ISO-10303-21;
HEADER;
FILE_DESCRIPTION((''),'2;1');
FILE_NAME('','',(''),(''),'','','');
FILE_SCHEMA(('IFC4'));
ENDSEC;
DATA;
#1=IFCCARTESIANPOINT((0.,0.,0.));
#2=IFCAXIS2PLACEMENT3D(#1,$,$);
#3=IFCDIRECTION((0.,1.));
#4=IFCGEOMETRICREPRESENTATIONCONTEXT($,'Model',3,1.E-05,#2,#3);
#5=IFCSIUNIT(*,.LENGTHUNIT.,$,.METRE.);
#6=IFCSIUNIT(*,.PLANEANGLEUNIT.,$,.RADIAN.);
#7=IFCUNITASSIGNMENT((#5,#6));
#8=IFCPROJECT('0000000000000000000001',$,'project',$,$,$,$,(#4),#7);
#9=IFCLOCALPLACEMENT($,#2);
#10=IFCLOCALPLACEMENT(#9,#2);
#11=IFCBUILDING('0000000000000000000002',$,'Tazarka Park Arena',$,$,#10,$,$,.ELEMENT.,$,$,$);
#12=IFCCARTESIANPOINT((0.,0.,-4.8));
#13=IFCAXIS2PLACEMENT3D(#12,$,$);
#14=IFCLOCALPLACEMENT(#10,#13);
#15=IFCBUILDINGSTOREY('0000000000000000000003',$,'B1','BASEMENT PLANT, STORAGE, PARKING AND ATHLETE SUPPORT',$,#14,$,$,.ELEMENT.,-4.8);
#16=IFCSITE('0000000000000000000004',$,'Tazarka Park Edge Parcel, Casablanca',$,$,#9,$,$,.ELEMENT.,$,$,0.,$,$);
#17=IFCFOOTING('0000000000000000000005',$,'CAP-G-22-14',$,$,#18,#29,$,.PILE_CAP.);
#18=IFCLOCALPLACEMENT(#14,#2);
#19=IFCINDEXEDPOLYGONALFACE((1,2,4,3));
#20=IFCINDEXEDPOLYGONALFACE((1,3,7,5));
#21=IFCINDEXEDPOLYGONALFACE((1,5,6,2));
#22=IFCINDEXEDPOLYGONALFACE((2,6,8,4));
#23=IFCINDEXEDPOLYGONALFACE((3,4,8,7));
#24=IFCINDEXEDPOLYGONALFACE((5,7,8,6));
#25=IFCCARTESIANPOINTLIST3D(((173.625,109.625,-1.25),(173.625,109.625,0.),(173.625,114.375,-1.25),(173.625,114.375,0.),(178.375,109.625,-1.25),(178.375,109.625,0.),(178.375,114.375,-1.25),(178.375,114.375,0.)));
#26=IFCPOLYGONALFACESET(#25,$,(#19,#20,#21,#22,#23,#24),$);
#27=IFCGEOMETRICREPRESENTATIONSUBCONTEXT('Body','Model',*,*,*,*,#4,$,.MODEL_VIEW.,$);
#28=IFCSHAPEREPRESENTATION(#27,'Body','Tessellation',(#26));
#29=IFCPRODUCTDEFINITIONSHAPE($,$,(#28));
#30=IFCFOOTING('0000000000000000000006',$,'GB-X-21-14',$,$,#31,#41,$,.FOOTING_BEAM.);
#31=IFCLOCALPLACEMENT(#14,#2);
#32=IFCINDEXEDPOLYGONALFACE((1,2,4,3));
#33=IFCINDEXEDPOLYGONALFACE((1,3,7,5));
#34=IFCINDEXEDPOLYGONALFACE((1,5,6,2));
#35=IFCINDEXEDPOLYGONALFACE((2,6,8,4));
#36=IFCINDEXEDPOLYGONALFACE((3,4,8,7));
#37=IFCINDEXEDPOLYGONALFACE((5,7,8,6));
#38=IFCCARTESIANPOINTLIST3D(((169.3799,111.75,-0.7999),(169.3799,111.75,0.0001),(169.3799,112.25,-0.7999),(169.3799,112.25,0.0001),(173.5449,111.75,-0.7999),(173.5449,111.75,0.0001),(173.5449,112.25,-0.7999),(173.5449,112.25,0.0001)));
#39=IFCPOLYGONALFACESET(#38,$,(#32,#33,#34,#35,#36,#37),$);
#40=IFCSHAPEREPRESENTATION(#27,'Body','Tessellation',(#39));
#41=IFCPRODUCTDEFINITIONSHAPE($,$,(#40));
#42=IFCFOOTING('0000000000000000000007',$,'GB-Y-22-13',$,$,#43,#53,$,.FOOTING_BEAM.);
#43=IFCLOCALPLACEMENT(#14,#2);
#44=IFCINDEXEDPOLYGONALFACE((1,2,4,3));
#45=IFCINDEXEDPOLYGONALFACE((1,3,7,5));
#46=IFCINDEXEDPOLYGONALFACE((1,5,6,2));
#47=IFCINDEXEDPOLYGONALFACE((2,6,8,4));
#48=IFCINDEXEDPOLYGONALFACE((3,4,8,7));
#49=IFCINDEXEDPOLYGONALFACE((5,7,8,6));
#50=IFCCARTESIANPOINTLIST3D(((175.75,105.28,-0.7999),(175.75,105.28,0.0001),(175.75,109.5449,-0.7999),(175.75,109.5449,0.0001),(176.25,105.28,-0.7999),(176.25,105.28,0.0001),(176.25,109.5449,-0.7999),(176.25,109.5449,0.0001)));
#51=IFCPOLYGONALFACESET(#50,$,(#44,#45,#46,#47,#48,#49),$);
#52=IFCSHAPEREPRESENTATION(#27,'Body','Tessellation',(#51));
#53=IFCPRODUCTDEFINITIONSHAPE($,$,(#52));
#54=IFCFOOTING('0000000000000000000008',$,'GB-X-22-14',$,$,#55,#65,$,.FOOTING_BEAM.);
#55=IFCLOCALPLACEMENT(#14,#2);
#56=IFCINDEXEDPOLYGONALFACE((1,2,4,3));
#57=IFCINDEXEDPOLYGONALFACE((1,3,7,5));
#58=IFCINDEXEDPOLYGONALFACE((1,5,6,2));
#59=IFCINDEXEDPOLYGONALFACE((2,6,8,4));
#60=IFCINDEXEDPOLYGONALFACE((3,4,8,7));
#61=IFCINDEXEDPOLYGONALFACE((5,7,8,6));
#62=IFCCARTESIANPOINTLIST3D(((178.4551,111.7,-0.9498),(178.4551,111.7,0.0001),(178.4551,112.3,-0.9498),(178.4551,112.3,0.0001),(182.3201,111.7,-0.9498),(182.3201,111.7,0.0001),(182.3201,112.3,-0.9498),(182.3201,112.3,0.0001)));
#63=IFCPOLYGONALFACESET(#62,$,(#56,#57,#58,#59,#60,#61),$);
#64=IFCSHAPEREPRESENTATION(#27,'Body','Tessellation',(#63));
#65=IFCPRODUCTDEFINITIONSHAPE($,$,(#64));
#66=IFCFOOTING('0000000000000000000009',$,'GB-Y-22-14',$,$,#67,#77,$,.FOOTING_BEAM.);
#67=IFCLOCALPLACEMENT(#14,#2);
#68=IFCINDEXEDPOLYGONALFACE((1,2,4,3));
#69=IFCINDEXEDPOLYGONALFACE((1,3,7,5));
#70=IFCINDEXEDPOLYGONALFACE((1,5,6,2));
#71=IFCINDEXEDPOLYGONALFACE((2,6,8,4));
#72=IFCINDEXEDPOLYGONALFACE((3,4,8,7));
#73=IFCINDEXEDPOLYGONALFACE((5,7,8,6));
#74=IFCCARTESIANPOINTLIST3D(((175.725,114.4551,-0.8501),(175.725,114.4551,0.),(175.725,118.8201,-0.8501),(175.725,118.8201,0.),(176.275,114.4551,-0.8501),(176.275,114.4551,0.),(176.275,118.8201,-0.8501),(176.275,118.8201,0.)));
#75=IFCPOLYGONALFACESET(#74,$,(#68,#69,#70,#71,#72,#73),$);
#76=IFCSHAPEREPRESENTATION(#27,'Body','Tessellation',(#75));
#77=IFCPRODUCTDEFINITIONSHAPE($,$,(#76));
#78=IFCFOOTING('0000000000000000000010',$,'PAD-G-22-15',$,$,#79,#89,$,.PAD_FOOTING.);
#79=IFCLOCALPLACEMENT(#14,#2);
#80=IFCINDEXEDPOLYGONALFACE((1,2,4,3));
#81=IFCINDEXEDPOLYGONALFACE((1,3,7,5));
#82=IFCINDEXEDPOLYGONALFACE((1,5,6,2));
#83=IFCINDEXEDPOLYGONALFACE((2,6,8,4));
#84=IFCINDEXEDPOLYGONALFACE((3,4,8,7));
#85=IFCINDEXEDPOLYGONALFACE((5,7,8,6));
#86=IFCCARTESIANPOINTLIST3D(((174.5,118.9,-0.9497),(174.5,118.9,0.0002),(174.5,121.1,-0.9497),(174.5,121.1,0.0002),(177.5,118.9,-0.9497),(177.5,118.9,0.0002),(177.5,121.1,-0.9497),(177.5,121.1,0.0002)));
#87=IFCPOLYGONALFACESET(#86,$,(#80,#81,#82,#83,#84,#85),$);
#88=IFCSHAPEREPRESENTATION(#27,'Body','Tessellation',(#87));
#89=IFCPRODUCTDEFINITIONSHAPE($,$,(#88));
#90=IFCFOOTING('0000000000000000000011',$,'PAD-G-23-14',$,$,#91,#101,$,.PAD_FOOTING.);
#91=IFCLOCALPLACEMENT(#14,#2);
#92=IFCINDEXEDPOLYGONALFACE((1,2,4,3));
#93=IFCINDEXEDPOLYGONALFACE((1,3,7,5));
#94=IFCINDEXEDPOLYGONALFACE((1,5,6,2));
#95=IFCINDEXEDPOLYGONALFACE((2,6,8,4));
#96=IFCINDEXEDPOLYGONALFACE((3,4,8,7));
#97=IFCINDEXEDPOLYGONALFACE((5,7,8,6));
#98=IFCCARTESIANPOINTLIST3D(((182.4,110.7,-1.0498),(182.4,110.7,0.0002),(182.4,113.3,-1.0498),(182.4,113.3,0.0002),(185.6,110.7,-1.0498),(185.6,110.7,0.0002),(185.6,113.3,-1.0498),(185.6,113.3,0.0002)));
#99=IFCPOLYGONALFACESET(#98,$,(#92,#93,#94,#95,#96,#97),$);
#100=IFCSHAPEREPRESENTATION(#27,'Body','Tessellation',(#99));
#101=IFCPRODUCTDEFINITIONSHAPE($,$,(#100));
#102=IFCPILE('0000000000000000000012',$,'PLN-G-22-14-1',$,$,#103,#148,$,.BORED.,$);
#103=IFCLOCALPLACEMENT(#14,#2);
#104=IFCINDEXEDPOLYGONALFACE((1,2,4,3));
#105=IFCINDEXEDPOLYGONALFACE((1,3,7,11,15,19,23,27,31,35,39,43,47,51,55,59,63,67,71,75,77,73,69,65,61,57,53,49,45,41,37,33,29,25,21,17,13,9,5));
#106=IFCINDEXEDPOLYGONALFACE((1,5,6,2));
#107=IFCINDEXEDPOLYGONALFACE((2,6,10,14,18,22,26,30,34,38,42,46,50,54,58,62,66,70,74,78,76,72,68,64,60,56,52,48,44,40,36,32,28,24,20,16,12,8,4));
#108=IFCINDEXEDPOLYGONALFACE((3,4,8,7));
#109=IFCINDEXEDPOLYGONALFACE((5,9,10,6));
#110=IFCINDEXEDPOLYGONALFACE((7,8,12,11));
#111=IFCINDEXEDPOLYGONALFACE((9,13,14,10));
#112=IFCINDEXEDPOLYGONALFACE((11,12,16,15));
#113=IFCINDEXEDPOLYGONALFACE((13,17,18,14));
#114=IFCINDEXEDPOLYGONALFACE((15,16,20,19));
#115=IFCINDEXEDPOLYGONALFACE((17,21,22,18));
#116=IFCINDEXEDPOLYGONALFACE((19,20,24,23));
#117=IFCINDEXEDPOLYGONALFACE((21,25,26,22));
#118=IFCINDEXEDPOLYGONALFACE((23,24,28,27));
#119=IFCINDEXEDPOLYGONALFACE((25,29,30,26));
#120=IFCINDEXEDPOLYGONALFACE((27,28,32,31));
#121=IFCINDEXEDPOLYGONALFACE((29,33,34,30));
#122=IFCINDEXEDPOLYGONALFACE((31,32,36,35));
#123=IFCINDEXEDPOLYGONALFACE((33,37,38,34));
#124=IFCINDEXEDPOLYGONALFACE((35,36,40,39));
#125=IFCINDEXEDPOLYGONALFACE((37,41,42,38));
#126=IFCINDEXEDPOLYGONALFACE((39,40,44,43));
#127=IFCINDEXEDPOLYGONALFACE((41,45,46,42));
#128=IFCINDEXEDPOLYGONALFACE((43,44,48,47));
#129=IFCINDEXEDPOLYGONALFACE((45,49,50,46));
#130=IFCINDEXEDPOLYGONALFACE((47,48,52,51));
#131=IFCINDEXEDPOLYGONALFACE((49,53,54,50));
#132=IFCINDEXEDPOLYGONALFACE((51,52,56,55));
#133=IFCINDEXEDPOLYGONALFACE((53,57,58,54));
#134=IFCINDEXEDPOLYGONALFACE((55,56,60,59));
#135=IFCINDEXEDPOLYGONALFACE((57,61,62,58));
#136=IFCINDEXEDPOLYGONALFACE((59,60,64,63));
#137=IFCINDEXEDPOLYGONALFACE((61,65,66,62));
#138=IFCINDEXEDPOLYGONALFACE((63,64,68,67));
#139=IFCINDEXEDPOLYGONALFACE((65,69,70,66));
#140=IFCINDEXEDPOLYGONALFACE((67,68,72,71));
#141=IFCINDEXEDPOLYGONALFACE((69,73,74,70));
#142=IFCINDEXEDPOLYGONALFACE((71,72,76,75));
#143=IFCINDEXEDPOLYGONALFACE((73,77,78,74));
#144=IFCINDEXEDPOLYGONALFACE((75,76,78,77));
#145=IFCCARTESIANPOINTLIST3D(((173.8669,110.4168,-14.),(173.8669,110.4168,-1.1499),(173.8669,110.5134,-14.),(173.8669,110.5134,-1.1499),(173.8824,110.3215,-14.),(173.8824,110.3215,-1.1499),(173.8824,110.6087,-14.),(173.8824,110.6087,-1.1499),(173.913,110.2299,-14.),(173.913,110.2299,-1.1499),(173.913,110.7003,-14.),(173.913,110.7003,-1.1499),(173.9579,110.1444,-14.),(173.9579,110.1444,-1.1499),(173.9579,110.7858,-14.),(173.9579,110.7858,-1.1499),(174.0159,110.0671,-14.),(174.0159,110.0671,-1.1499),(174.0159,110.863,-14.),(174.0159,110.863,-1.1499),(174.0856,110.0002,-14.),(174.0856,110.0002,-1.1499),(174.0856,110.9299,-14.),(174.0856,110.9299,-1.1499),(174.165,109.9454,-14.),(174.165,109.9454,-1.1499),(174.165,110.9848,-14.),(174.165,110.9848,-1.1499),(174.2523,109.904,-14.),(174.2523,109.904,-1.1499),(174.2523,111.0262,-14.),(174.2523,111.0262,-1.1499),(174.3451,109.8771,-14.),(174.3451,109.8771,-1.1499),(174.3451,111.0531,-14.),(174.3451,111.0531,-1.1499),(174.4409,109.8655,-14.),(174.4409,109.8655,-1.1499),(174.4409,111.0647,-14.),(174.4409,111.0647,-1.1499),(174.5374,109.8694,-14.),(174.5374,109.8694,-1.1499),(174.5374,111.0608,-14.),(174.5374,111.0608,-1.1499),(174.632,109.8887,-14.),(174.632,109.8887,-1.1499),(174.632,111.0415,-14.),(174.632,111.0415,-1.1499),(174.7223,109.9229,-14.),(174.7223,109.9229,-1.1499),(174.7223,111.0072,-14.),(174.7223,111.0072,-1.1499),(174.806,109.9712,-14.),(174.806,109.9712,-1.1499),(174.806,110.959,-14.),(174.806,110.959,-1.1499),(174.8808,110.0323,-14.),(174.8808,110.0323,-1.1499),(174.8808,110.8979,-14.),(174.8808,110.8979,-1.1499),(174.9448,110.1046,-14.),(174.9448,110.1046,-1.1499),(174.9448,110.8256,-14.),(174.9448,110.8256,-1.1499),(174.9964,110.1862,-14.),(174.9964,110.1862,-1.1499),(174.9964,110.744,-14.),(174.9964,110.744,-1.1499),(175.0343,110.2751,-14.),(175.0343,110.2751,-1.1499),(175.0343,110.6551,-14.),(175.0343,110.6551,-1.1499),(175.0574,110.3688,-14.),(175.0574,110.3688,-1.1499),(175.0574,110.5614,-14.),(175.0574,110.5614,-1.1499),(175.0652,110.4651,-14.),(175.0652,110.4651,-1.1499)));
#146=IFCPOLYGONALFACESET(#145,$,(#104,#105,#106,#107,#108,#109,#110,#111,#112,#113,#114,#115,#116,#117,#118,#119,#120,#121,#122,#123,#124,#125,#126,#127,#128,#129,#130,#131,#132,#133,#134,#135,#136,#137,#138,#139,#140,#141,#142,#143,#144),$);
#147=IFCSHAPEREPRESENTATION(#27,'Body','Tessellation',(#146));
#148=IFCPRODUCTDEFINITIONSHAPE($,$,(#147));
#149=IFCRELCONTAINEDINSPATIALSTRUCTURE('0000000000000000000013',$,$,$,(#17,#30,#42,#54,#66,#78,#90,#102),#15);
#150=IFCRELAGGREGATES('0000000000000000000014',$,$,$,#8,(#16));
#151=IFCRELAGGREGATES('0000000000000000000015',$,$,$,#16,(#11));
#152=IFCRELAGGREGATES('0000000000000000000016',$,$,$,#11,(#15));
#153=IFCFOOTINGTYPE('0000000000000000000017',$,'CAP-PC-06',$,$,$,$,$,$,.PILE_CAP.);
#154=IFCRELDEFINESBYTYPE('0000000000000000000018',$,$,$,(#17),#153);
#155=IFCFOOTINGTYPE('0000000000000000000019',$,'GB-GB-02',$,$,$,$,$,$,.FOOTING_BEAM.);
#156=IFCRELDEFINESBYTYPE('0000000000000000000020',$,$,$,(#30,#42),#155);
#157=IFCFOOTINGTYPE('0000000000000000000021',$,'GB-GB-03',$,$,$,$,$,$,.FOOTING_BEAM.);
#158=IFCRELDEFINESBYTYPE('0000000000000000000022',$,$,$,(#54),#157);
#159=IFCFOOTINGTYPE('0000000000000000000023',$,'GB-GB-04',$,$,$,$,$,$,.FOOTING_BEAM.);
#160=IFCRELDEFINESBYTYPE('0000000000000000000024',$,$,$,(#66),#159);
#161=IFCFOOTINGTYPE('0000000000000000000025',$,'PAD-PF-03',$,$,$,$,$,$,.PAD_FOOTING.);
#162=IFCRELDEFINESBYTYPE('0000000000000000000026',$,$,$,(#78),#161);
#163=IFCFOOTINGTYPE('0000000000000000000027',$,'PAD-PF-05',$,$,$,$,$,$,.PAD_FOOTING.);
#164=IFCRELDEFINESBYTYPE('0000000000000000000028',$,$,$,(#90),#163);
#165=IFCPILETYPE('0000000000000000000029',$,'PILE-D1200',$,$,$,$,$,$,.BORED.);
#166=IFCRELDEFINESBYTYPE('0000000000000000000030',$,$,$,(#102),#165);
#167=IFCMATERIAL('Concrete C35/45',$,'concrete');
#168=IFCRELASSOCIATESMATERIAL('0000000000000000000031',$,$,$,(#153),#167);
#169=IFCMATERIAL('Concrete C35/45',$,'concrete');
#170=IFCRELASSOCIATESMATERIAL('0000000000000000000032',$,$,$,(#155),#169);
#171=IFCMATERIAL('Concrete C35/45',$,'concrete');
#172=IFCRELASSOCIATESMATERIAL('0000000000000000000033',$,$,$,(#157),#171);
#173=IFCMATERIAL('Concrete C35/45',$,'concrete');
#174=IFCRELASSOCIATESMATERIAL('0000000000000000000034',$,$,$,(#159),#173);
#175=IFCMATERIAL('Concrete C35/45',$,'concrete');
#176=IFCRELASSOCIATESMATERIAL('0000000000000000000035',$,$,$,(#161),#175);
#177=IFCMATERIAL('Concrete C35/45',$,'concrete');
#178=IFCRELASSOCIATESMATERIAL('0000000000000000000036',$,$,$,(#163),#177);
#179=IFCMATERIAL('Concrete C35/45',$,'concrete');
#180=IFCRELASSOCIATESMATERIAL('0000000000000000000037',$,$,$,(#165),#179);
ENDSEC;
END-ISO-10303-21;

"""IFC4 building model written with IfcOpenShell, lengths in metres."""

from ifc_helpers import new_model, si_unit, direction, frame, origin, origin_2d, place, context, subcontext, project, spatial, rectangle, circle, extrude, material, material_profile, profile_set, type_object, element, save


model = new_model("IFC4")

# Units and contexts
model_context = context("Model", 3, precision=1e-05, world=origin(), true_north=direction((0.0, 1.0)))
body_context = subcontext(model_context, "Body", "Model", "MODEL_VIEW")
ifc_project = project(units=[si_unit("LENGTHUNIT", "METRE"), si_unit("PLANEANGLEUNIT", "RADIAN")], contexts=[model_context])

# Site, building, storey
site_placement = place(None, origin())
site = spatial("IfcSite", under=ifc_project, at=site_placement, Name="Tazarka Park Edge Parcel, Casablanca", CompositionType="ELEMENT", RefElevation=0.0)
building_placement = place(site_placement, origin())
building = spatial("IfcBuilding", under=site, at=building_placement, Name="Tazarka Park Arena", CompositionType="ELEMENT")
storey_placement = place(building_placement, frame((0.0, 0.0, -4.8)))
storey = spatial("IfcBuildingStorey", under=building, at=storey_placement, Name="B1", Description="BASEMENT PLANT, STORAGE, PARKING AND ATHLETE SUPPORT", CompositionType="ELEMENT", Elevation=-4.8)

# Footings
ifc_material_1 = material(Name="Concrete C35/45", Category="concrete")
footing_type_1 = type_object("IfcFootingType", Name="CAP-PC-06", PredefinedType="PILE_CAP", material=ifc_material_1)
footing_1_placement = place(storey_placement, frame((176.0, 112.0, -1.25), z_axis=(0.0, 0.0, 1.0), x_axis=(1.0, 0.0, 0.0)))
element("IfcFooting", 1, at=footing_1_placement, inside=storey, type_object=footing_type_1, Name="CAP-G-22-14", PredefinedType="PILE_CAP", context=body_context, shape_type="SweptSolid", body=[
    extrude(rectangle(XDim=4.75, YDim=4.75, at=origin_2d()), origin(), (0.0, 0.0, 1.0), 1.25),
])
ifc_material_2 = material(Name="Concrete C35/45", Category="concrete")
ifc_material_profile_1 = material_profile(ifc_material_2, rectangle(XDim=0.5, YDim=0.8, at=origin_2d()), Name="Concrete C35/45")
ifc_profile_set_1 = profile_set([ifc_material_profile_1], Name="Concrete C35/45")
footing_type_2 = type_object("IfcFootingType", Name="GB-GB-02", PredefinedType="FOOTING_BEAM", material=ifc_profile_set_1)
footing_2_placement = place(storey_placement, frame((169.3799, 112.0, -0.3999), z_axis=(1.0, 0.0, 0.0), x_axis=(0.0, 1.0, 0.0)))
element("IfcFooting", 2, at=footing_2_placement, inside=storey, type_object=footing_type_2, Name="GB-X-21-14", PredefinedType="FOOTING_BEAM", context=body_context, shape_type="SweptSolid", body=[
    extrude(rectangle(XDim=0.5, YDim=0.8, at=origin_2d()), origin(), (0.0, 0.0, 1.0), 4.165),
])
footing_3_placement = place(storey_placement, frame((176.0, 105.28, -0.3999), z_axis=(0.0, 1.0, 0.0), x_axis=(-1.0, 0.0, 0.0)))
element("IfcFooting", 3, at=footing_3_placement, inside=storey, type_object=footing_type_2, Name="GB-Y-22-13", PredefinedType="FOOTING_BEAM", context=body_context, shape_type="SweptSolid", body=[
    extrude(rectangle(XDim=0.5, YDim=0.8, at=origin_2d()), origin(), (0.0, 0.0, 1.0), 4.2649),
])
ifc_material_3 = material(Name="Concrete C35/45", Category="concrete")
ifc_material_profile_2 = material_profile(ifc_material_3, rectangle(XDim=0.6001, YDim=0.95, at=origin_2d()), Name="Concrete C35/45")
ifc_profile_set_2 = profile_set([ifc_material_profile_2], Name="Concrete C35/45")
footing_type_3 = type_object("IfcFootingType", Name="GB-GB-03", PredefinedType="FOOTING_BEAM", material=ifc_profile_set_2)
footing_4_placement = place(storey_placement, frame((178.4551, 112.0, -0.4749), z_axis=(1.0, 0.0, 0.0), x_axis=(0.0, 1.0, 0.0)))
element("IfcFooting", 4, at=footing_4_placement, inside=storey, type_object=footing_type_3, Name="GB-X-22-14", PredefinedType="FOOTING_BEAM", context=body_context, shape_type="SweptSolid", body=[
    extrude(rectangle(XDim=0.6001, YDim=0.95, at=origin_2d()), origin(), (0.0, 0.0, 1.0), 3.865),
])
ifc_material_4 = material(Name="Concrete C35/45", Category="concrete")
ifc_material_profile_3 = material_profile(ifc_material_4, rectangle(XDim=0.55, YDim=0.8501, at=origin_2d()), Name="Concrete C35/45")
ifc_profile_set_3 = profile_set([ifc_material_profile_3], Name="Concrete C35/45")
footing_type_4 = type_object("IfcFootingType", Name="GB-GB-04", PredefinedType="FOOTING_BEAM", material=ifc_profile_set_3)
footing_5_placement = place(storey_placement, frame((176.0, 114.4551, -0.425), z_axis=(0.0, 1.0, 0.0), x_axis=(-1.0, 0.0, 0.0)))
element("IfcFooting", 5, at=footing_5_placement, inside=storey, type_object=footing_type_4, Name="GB-Y-22-14", PredefinedType="FOOTING_BEAM", context=body_context, shape_type="SweptSolid", body=[
    extrude(rectangle(XDim=0.55, YDim=0.8501, at=origin_2d()), origin(), (0.0, 0.0, 1.0), 4.365),
])
ifc_material_5 = material(Name="Concrete C35/45", Category="concrete")
footing_type_5 = type_object("IfcFootingType", Name="PAD-PF-03", PredefinedType="PAD_FOOTING", material=ifc_material_5)
footing_6_placement = place(storey_placement, frame((176.0, 120.0, -0.9497), z_axis=(0.0, 0.0, 1.0), x_axis=(1.0, 0.0, 0.0)))
element("IfcFooting", 6, at=footing_6_placement, inside=storey, type_object=footing_type_5, Name="PAD-G-22-15", PredefinedType="PAD_FOOTING", context=body_context, shape_type="SweptSolid", body=[
    extrude(rectangle(XDim=3.0, YDim=2.2, at=origin_2d()), origin(), (0.0, 0.0, 1.0), 0.95),
])
ifc_material_6 = material(Name="Concrete C35/45", Category="concrete")
footing_type_6 = type_object("IfcFootingType", Name="PAD-PF-05", PredefinedType="PAD_FOOTING", material=ifc_material_6)
footing_7_placement = place(storey_placement, frame((184.0, 112.0, -1.0498), z_axis=(0.0, 0.0, 1.0), x_axis=(1.0, 0.0, 0.0)))
element("IfcFooting", 7, at=footing_7_placement, inside=storey, type_object=footing_type_6, Name="PAD-G-23-14", PredefinedType="PAD_FOOTING", context=body_context, shape_type="SweptSolid", body=[
    extrude(rectangle(XDim=3.2, YDim=2.6001, at=origin_2d()), origin(), (0.0, 0.0, 1.0), 1.05),
])

# Pile
ifc_material_7 = material(Name="Concrete C35/45", Category="concrete")
ifc_material_profile_4 = material_profile(ifc_material_7, circle(Radius=0.6001, at=origin_2d()), Name="Concrete C35/45")
ifc_profile_set_4 = profile_set([ifc_material_profile_4], Name="Concrete C35/45")
pile_type = type_object("IfcPileType", Name="PILE-D1200", PredefinedType="BORED", material=ifc_profile_set_4)
for number, where, z_axis, x_axis, name in (
    (8, (174.4651, 110.4651, -1.1499), (0.0, 0.0, -1.0), (1.0, 0.0, 0.0), "PLN-G-22-14-1"),
):
    element("IfcPile", number, at=place(storey_placement, frame(where, z_axis=z_axis, x_axis=x_axis)), inside=storey, type_object=pile_type, Name=name, PredefinedType="BORED", context=body_context, shape_type="SweptSolid", body=[
        extrude(circle(Radius=0.6001, at=origin_2d()), origin(), (0.0, 0.0, 1.0), 12.8501),
    ])

save(model, "model.ifc")
